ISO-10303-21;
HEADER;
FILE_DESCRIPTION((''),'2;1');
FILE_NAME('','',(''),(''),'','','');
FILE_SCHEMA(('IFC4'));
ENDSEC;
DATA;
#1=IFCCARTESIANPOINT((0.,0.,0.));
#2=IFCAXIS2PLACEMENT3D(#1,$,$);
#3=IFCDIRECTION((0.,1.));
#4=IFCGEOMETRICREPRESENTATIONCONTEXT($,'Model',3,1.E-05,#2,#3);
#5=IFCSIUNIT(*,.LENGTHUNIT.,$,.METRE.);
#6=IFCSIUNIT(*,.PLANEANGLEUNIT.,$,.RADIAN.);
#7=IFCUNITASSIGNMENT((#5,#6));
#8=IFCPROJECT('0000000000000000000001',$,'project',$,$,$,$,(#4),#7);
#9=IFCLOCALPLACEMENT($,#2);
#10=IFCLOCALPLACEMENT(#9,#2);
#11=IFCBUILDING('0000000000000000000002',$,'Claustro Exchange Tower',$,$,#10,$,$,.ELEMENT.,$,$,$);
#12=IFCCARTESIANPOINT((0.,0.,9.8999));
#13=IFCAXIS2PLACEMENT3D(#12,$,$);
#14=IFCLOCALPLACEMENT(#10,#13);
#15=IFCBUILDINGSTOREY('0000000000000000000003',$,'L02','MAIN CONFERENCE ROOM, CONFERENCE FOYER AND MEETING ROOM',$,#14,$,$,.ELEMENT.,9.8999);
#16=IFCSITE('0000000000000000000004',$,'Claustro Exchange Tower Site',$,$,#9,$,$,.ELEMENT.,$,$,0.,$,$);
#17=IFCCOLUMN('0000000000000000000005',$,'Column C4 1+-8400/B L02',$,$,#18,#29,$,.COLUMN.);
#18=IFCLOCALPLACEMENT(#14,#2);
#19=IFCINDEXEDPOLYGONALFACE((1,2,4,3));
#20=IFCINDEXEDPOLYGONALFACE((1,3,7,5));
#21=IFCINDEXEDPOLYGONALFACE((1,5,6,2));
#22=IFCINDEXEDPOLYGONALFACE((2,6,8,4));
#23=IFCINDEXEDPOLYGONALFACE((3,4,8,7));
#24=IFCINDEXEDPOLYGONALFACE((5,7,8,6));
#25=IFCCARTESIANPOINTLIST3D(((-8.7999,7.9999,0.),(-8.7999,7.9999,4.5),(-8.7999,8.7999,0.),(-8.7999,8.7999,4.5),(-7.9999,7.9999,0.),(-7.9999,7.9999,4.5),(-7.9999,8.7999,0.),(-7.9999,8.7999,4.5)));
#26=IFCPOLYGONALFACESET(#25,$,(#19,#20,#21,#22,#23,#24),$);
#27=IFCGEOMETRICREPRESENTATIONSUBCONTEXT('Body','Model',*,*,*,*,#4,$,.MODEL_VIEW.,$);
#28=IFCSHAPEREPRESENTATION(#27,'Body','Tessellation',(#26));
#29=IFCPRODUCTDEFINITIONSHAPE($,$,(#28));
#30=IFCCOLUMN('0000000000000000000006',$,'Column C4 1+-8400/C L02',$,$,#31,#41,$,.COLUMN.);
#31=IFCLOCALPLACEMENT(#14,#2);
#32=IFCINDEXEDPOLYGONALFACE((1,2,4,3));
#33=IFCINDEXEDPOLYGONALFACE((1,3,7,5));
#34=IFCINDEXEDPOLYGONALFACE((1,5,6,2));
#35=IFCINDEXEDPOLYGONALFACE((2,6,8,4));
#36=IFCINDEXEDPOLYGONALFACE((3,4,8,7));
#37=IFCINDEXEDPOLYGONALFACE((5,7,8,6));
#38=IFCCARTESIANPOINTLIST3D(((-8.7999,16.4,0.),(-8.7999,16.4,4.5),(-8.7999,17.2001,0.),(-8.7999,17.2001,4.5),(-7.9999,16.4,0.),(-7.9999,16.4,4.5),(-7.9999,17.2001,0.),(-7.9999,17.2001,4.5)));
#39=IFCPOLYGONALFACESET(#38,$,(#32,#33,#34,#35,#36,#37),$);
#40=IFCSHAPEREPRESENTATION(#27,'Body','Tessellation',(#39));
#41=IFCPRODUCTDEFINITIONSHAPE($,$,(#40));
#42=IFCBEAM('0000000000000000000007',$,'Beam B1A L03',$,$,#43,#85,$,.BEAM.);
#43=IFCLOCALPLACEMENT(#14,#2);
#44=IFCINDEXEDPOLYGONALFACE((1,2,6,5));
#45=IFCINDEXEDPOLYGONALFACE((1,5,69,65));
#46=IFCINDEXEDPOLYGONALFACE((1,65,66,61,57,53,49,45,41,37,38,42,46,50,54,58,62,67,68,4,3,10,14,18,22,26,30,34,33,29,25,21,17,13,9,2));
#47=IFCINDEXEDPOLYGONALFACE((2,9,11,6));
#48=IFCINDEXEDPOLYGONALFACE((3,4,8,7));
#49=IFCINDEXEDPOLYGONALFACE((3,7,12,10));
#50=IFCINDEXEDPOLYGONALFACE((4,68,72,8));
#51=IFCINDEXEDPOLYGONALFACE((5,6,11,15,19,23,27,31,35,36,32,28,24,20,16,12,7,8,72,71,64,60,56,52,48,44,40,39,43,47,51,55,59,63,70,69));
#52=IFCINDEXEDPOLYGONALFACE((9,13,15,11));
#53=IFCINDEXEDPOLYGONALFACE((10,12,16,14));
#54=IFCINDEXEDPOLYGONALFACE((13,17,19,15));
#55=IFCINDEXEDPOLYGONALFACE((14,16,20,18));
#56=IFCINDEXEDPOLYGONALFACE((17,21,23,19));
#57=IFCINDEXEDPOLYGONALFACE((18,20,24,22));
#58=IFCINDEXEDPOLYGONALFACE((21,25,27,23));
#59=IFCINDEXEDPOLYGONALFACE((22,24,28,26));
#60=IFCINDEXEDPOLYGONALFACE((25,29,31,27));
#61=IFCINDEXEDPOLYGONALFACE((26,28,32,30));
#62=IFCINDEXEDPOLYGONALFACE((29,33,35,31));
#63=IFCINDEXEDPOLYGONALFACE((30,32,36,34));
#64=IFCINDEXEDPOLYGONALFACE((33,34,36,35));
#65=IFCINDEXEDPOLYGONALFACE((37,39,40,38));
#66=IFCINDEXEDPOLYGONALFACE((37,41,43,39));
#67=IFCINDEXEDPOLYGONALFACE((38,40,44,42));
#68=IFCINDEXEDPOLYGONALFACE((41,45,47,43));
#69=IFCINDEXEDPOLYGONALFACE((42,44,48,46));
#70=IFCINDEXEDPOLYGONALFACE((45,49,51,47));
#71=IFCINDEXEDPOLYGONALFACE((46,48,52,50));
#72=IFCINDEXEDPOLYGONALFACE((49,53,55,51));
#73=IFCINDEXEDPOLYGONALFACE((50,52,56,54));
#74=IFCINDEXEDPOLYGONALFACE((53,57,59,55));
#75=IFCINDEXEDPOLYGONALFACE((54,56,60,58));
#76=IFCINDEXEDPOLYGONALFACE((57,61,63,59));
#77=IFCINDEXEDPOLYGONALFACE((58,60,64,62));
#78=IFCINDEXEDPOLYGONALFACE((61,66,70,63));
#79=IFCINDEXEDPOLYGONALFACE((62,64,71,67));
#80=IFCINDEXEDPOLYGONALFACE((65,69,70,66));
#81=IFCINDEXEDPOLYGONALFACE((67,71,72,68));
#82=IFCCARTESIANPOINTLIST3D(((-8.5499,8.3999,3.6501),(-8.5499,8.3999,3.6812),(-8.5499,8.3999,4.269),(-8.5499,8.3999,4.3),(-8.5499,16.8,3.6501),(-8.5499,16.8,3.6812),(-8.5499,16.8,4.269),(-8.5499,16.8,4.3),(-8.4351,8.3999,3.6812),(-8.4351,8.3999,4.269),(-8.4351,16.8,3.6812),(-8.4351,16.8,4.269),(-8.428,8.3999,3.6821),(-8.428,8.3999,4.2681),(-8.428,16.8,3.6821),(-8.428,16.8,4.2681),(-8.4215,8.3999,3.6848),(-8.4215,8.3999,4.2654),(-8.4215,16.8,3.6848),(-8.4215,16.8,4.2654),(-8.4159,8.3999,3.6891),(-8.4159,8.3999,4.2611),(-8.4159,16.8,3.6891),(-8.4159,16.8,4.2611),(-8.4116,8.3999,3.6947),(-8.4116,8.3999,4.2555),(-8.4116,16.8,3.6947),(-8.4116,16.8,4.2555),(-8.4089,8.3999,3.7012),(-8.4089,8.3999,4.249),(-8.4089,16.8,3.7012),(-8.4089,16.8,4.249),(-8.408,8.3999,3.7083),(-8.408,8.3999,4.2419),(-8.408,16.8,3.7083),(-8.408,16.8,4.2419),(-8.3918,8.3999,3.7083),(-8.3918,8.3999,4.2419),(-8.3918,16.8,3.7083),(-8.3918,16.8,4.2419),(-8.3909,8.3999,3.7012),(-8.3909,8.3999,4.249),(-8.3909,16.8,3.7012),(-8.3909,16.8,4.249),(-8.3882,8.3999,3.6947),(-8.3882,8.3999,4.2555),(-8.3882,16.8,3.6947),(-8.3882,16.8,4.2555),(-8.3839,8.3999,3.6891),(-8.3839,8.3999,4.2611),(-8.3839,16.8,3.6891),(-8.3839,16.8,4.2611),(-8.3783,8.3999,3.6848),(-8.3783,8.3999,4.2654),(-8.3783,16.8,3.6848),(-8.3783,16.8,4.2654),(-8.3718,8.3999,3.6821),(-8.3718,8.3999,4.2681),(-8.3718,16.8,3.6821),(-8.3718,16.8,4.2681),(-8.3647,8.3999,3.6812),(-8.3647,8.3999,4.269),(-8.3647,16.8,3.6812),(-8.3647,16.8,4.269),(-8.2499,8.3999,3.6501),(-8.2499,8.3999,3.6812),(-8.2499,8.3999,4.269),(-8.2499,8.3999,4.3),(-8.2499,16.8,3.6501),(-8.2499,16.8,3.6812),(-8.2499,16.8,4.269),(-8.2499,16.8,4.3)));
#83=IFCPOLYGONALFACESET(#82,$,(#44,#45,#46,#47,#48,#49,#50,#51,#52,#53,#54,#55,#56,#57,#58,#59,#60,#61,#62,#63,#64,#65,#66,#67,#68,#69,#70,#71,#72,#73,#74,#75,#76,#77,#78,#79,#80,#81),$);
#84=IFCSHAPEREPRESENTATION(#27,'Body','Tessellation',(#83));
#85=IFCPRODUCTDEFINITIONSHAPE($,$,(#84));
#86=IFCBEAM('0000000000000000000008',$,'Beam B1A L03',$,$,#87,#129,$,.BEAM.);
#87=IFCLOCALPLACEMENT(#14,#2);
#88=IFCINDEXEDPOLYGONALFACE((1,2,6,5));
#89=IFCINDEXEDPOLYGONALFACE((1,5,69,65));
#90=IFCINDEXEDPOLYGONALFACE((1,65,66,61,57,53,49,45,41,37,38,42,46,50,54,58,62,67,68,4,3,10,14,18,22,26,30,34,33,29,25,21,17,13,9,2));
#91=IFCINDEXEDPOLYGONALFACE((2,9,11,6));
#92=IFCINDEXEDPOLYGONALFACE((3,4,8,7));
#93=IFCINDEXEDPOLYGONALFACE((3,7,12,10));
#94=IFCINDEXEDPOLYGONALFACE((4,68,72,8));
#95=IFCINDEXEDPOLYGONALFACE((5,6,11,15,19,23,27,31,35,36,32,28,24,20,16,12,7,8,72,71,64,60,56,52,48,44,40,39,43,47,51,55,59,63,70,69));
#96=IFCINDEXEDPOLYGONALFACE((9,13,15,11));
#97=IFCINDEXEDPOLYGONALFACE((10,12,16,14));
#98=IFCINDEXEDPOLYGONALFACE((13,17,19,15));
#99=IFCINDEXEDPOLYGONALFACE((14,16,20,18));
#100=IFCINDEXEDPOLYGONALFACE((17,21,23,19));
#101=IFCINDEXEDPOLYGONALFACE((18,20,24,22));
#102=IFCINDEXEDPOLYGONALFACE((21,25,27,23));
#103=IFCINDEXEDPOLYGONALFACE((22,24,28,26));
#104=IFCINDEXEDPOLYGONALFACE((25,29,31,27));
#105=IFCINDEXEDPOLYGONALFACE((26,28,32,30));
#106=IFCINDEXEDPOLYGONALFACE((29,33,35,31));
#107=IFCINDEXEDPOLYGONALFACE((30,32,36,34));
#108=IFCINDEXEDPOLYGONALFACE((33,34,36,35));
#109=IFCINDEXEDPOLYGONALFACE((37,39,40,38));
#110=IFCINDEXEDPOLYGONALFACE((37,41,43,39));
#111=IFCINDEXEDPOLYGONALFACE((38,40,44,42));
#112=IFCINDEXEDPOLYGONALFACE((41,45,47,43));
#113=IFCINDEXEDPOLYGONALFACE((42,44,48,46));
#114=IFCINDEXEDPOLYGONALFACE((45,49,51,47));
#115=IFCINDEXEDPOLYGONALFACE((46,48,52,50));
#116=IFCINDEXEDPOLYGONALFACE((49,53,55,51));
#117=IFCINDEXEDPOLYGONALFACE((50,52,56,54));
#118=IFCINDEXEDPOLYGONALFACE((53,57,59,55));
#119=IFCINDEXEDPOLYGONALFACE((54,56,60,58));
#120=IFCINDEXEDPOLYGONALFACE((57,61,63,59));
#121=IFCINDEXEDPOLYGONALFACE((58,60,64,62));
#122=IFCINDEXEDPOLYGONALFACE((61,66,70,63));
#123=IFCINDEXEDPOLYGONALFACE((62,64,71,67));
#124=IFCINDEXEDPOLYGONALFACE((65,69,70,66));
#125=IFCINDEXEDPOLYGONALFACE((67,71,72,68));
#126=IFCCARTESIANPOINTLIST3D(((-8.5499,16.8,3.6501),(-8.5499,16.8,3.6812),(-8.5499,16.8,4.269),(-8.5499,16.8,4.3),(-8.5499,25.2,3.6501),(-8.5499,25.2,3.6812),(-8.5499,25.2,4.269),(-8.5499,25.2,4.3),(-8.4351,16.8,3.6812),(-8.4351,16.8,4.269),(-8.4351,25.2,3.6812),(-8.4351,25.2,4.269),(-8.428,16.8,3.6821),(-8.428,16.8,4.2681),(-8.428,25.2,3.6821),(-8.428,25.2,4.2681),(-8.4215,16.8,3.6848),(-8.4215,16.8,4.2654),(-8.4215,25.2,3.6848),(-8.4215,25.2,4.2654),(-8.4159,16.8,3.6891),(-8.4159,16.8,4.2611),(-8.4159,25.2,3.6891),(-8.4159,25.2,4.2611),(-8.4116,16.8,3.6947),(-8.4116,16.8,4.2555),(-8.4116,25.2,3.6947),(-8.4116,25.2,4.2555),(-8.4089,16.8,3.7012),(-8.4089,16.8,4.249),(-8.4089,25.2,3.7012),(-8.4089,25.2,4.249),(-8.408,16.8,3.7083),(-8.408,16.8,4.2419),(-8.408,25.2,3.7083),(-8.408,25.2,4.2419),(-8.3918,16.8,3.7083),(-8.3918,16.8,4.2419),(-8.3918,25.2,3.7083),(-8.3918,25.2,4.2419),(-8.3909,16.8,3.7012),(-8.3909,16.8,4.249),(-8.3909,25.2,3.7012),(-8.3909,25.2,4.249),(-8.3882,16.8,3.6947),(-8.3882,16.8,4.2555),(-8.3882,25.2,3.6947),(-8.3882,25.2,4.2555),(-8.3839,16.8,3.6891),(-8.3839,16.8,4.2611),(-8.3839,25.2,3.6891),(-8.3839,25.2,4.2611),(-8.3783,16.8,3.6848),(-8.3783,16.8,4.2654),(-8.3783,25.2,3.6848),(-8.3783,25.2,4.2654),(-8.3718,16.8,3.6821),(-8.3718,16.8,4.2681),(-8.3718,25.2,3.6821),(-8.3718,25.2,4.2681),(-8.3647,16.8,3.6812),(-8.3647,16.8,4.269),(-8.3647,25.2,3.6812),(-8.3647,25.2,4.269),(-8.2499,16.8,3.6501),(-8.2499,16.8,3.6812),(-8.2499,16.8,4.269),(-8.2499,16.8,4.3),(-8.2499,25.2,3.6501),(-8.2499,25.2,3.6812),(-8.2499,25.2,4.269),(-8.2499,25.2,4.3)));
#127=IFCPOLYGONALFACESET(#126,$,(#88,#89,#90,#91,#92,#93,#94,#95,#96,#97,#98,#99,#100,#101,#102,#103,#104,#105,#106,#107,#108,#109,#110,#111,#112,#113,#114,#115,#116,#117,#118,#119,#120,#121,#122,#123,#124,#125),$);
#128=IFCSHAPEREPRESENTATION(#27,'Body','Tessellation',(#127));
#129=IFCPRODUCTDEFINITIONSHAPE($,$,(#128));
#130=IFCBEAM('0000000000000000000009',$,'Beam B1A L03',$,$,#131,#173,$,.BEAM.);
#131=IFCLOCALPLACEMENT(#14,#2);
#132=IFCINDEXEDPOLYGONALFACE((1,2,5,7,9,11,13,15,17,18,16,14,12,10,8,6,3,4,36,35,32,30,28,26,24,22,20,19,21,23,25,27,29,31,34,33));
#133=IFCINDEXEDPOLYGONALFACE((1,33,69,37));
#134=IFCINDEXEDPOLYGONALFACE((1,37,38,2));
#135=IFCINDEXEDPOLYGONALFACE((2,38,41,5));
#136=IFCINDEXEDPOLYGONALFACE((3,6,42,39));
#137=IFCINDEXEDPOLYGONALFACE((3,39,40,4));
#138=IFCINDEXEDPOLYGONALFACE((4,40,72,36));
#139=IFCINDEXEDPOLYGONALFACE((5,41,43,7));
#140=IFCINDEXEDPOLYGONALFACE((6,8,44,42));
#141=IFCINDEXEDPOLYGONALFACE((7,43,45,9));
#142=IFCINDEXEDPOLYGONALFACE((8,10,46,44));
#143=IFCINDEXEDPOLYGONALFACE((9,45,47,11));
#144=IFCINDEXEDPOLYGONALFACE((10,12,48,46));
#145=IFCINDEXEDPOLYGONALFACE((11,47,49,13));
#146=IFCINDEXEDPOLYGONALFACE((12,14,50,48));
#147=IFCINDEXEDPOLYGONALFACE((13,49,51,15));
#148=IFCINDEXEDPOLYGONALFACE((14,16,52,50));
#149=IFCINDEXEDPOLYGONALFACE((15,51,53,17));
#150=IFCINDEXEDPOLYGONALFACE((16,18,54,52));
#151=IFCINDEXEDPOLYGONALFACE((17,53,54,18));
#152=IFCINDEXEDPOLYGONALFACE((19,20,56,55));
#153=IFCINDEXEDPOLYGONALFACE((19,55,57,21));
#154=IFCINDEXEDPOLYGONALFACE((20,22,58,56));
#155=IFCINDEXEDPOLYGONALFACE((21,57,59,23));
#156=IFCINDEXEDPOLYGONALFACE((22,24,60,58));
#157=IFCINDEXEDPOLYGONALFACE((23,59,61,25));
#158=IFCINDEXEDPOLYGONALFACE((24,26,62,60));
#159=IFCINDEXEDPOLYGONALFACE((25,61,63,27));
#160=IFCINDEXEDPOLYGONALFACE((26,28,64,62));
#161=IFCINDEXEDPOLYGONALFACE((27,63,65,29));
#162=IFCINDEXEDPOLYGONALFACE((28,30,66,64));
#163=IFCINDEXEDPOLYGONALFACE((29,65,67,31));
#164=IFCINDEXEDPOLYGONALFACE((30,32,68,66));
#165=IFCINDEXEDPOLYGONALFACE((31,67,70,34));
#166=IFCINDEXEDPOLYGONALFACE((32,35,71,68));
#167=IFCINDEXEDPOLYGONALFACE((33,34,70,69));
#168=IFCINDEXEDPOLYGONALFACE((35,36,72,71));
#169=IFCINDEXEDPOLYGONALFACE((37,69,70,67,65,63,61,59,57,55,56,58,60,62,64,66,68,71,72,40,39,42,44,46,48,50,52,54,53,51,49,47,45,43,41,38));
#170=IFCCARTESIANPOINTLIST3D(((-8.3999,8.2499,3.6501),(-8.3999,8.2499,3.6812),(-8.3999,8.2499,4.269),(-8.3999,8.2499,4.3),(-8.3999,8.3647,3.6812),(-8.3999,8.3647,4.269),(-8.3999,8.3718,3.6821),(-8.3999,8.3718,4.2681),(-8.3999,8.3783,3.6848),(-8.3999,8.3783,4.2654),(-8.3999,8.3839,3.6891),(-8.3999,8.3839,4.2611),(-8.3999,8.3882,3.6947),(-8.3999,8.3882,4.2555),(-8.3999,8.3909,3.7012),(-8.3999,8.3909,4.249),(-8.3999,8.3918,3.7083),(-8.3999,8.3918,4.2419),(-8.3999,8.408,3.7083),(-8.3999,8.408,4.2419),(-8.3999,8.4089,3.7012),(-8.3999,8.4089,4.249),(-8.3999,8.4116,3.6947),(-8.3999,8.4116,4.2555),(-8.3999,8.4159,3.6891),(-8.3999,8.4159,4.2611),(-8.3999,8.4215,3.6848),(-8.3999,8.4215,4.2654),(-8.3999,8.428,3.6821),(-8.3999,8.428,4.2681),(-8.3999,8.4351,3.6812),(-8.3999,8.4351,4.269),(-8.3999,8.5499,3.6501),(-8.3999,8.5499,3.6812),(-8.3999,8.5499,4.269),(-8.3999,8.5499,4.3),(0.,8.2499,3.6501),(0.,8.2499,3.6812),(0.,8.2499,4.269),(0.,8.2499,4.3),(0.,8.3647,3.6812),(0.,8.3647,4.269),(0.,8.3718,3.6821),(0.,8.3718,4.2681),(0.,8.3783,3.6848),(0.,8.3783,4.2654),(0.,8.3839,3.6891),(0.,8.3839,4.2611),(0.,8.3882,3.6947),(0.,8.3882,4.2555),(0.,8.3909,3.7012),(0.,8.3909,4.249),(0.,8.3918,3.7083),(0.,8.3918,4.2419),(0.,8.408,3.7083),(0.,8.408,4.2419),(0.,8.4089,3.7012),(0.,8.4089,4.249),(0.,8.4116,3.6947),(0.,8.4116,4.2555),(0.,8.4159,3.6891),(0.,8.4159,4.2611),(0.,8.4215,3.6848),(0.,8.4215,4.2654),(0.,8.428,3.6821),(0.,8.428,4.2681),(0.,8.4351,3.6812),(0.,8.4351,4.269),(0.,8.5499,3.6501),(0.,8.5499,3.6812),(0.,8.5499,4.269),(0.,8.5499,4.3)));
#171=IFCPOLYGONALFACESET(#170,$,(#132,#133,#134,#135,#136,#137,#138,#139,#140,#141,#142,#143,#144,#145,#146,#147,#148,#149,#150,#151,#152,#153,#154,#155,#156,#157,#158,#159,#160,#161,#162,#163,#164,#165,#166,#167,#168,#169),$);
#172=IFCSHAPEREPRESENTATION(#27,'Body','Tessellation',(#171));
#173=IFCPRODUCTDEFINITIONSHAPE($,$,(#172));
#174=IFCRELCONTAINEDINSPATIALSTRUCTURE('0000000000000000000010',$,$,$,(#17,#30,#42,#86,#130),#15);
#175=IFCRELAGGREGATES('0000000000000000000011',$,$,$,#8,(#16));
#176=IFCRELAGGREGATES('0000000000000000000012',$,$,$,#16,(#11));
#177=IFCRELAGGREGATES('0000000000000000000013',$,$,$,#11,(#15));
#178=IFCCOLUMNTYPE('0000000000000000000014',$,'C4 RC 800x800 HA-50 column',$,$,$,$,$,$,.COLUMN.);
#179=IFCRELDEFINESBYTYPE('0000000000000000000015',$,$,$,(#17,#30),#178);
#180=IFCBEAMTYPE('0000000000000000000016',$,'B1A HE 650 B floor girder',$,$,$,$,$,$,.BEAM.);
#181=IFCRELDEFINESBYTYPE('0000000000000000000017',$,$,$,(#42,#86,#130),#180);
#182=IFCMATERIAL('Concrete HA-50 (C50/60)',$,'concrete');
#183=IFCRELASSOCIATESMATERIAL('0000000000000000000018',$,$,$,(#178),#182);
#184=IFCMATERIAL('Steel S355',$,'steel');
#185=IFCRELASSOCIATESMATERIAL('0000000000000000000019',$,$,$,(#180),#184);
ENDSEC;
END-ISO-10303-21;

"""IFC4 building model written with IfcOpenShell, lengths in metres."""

from ifc_helpers import new_model, si_unit, direction, frame, origin, origin_2d, place, context, subcontext, project, spatial, rectangle, i_section, extrude, material, material_profile, profile_set, type_object, element, save


model = new_model("IFC4")

# Units and contexts
model_context = context("Model", 3, precision=1e-05, world=origin(), true_north=direction((0.0, 1.0)))
body_context = subcontext(model_context, "Body", "Model", "MODEL_VIEW")
ifc_project = project(units=[si_unit("LENGTHUNIT", "METRE"), si_unit("PLANEANGLEUNIT", "RADIAN")], contexts=[model_context])

# Site, building, storey
site_placement = place(None, origin())
site = spatial("IfcSite", under=ifc_project, at=site_placement, Name="Claustro Exchange Tower Site", CompositionType="ELEMENT", RefElevation=0.0)
building_placement = place(site_placement, origin())
building = spatial("IfcBuilding", under=site, at=building_placement, Name="Claustro Exchange Tower", CompositionType="ELEMENT")
storey_placement = place(building_placement, frame((0.0, 0.0, 9.8999)))
storey = spatial("IfcBuildingStorey", under=building, at=storey_placement, Name="L02", Description="MAIN CONFERENCE ROOM, CONFERENCE FOYER AND MEETING ROOM", CompositionType="ELEMENT", Elevation=9.8999)

# Columns
ifc_material_1 = material(Name="Concrete HA-50 (C50/60)", Category="concrete")
ifc_material_profile_1 = material_profile(ifc_material_1, rectangle(XDim=0.8, YDim=0.8, at=origin_2d()), Name="RC 800x800")
ifc_profile_set_1 = profile_set([ifc_material_profile_1], Name="Concrete HA-50 (C50/60)")
column_type = type_object("IfcColumnType", Name="C4 RC 800x800 HA-50 column", PredefinedType="COLUMN", material=ifc_profile_set_1)
for number, where, z_axis, x_axis, name in (
    (1, (-8.3999, 8.3999, 0.0), (0.0, 0.0, 1.0), (1.0, 0.0, 0.0), "Column C4 1+-8400/B L02"),
    (2, (-8.3999, 16.8, 0.0), (0.0, 0.0, 1.0), (1.0, 0.0, 0.0), "Column C4 1+-8400/C L02"),
):
    element("IfcColumn", number, at=place(storey_placement, frame(where, z_axis=z_axis, x_axis=x_axis)), inside=storey, type_object=column_type, Name=name, PredefinedType="COLUMN", context=body_context, shape_type="SweptSolid", body=[
        extrude(rectangle(XDim=0.8, YDim=0.8, at=origin_2d()), origin(), (0.0, 0.0, 1.0), 4.5),
    ])

# Beams
ifc_material_2 = material(Name="Steel S355", Category="steel")
ifc_material_profile_2 = material_profile(ifc_material_2, i_section(OverallWidth=0.3, OverallDepth=0.6499, WebThickness=0.0161, FlangeThickness=0.031, FilletRadius=0.0271, at=origin_2d()), Name="HE 650 B")
ifc_profile_set_2 = profile_set([ifc_material_profile_2], Name="Steel S355")
beam_type_1 = type_object("IfcBeamType", Name="B1A HE 650 B floor girder", PredefinedType="BEAM", material=ifc_profile_set_2)
beam_1_placement = place(storey_placement, frame((-8.3999, 8.3999, 3.9751), z_axis=(0.0, 1.0, 0.0), x_axis=(-1.0, 0.0, 0.0)))
element("IfcBeam", 3, at=beam_1_placement, inside=storey, type_object=beam_type_1, Name="Beam B1A L03", PredefinedType="BEAM", context=body_context, shape_type="SweptSolid", body=[
    extrude(i_section(OverallWidth=0.3, OverallDepth=0.6499, WebThickness=0.0161, FlangeThickness=0.031, FilletRadius=0.0271, at=origin_2d()), origin(), (0.0, 0.0, 1.0), 8.4001),
])
for number, where, z_axis, x_axis, name in (
    (4, (-8.3999, 16.8, 3.9751), (0.0, 1.0, 0.0), (-1.0, 0.0, 0.0), "Beam B1A L03"),
    (5, (-8.3999, 8.3999, 3.9751), (1.0, 0.0, 0.0), (0.0, 1.0, 0.0), "Beam B1A L03"),
):
    element("IfcBeam", number, at=place(storey_placement, frame(where, z_axis=z_axis, x_axis=x_axis)), inside=storey, type_object=beam_type_1, Name=name, PredefinedType="BEAM", context=body_context, shape_type="SweptSolid", body=[
        extrude(i_section(OverallWidth=0.3, OverallDepth=0.6499, WebThickness=0.0161, FlangeThickness=0.031, FilletRadius=0.0271, at=origin_2d()), origin(), (0.0, 0.0, 1.0), 8.3999),
    ])

save(model, "model.ifc")
